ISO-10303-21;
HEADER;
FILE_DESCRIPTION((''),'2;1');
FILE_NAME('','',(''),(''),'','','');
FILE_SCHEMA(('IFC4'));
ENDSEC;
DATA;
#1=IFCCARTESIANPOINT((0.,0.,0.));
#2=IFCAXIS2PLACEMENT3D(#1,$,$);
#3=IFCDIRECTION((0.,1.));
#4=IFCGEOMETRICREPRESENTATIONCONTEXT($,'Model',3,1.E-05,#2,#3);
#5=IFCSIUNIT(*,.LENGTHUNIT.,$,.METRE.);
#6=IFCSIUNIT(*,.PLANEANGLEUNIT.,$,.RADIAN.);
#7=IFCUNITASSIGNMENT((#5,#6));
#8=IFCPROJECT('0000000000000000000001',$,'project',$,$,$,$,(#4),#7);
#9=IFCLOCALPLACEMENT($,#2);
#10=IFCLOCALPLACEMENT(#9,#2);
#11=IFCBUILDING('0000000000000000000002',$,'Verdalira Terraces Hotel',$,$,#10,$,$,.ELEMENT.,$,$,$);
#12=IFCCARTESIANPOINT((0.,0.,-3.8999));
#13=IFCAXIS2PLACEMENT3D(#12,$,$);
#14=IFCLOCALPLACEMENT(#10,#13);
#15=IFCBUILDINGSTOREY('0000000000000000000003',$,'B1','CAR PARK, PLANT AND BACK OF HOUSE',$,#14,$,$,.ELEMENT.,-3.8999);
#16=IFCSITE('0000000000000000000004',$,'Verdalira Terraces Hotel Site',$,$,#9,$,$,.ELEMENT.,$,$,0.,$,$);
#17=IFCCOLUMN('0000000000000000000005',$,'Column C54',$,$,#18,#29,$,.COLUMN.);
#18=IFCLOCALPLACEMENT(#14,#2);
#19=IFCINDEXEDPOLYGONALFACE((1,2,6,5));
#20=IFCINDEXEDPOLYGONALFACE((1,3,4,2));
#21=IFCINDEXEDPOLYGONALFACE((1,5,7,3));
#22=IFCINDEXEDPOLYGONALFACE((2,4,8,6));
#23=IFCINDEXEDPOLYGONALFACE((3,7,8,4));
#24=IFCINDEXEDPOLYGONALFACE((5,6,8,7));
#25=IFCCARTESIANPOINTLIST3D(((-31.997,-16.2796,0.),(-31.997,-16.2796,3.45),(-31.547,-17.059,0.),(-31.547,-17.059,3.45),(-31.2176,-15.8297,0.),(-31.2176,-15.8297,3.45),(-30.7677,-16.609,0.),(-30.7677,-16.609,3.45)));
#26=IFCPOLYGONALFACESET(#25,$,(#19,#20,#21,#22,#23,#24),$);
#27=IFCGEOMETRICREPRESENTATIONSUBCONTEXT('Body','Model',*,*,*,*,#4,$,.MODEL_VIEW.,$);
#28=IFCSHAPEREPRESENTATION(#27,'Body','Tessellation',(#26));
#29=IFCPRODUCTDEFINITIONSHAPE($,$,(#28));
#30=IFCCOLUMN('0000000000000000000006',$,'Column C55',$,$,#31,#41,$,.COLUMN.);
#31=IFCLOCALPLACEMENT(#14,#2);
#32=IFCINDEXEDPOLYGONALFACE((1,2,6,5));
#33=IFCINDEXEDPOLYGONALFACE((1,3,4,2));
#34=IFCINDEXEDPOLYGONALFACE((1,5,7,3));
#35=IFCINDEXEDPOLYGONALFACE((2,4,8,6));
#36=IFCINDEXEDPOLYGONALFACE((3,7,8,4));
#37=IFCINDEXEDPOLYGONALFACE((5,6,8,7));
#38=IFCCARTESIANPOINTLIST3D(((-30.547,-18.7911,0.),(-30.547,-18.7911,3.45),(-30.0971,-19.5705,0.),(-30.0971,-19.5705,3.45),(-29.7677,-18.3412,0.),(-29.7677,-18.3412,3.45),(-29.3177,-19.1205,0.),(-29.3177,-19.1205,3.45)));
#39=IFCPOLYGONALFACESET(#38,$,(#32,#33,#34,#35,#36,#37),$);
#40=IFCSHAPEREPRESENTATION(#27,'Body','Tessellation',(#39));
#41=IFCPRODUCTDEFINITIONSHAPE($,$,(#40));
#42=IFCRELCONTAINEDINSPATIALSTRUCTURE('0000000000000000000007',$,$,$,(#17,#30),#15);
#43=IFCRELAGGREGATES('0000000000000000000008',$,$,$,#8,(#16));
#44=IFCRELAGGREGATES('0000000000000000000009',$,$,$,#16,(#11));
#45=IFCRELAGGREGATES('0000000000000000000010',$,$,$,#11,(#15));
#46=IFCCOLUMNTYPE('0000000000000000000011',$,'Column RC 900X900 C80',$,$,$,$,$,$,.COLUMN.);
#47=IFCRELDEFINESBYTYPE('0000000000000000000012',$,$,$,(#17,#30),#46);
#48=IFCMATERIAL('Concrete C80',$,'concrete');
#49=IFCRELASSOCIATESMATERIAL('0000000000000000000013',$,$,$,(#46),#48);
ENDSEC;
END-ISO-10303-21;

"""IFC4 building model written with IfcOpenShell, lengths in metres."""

from ifc_helpers import new_model, si_unit, direction, frame, origin, origin_2d, place, context, subcontext, project, spatial, rectangle, extrude, material, material_profile, profile_set, type_object, element, save


model = new_model("IFC4")

# Units and contexts
model_context = context("Model", 3, precision=1e-05, world=origin(), true_north=direction((0.0, 1.0)))
body_context = subcontext(model_context, "Body", "Model", "MODEL_VIEW")
ifc_project = project(units=[si_unit("LENGTHUNIT", "METRE"), si_unit("PLANEANGLEUNIT", "RADIAN")], contexts=[model_context])

# Site, building, storey
site_placement = place(None, origin())
site = spatial("IfcSite", under=ifc_project, at=site_placement, Name="Verdalira Terraces Hotel Site", CompositionType="ELEMENT", RefElevation=0.0)
building_placement = place(site_placement, origin())
building = spatial("IfcBuilding", under=site, at=building_placement, Name="Verdalira Terraces Hotel", CompositionType="ELEMENT")
storey_placement = place(building_placement, frame((0.0, 0.0, -3.8999)))
storey = spatial("IfcBuildingStorey", under=building, at=storey_placement, Name="B1", Description="CAR PARK, PLANT AND BACK OF HOUSE", CompositionType="ELEMENT", Elevation=-3.8999)

# Columns
ifc_material_1 = material(Name="Concrete C80", Category="concrete")
ifc_material_profile_1 = material_profile(ifc_material_1, rectangle(XDim=0.8999, YDim=0.8999, at=origin_2d()), Name="RC 900X900")
ifc_profile_set_1 = profile_set([ifc_material_profile_1], Name="Concrete C80")
column_type_1 = type_object("IfcColumnType", Name="Column RC 900X900 C80", PredefinedType="COLUMN", material=ifc_profile_set_1)
for number, where, z_axis, x_axis, name in (
    (1, (-31.3823, -16.4443, 0.0), (0.0, 0.0, 1.0), (-0.866025, -0.5, 0.0), "Column C54"),
    (2, (-29.9324, -18.9558, 0.0), (0.0, 0.0, 1.0), (-0.866025, -0.5, 0.0), "Column C55"),
):
    element("IfcColumn", number, at=place(storey_placement, frame(where, z_axis=z_axis, x_axis=x_axis)), inside=storey, type_object=column_type_1, Name=name, PredefinedType="COLUMN", context=body_context, shape_type="SweptSolid", body=[
        extrude(rectangle(XDim=0.8999, YDim=0.8999, at=origin_2d()), origin(), (0.0, 0.0, 1.0), 3.45),
    ])

save(model, "model.ifc")
